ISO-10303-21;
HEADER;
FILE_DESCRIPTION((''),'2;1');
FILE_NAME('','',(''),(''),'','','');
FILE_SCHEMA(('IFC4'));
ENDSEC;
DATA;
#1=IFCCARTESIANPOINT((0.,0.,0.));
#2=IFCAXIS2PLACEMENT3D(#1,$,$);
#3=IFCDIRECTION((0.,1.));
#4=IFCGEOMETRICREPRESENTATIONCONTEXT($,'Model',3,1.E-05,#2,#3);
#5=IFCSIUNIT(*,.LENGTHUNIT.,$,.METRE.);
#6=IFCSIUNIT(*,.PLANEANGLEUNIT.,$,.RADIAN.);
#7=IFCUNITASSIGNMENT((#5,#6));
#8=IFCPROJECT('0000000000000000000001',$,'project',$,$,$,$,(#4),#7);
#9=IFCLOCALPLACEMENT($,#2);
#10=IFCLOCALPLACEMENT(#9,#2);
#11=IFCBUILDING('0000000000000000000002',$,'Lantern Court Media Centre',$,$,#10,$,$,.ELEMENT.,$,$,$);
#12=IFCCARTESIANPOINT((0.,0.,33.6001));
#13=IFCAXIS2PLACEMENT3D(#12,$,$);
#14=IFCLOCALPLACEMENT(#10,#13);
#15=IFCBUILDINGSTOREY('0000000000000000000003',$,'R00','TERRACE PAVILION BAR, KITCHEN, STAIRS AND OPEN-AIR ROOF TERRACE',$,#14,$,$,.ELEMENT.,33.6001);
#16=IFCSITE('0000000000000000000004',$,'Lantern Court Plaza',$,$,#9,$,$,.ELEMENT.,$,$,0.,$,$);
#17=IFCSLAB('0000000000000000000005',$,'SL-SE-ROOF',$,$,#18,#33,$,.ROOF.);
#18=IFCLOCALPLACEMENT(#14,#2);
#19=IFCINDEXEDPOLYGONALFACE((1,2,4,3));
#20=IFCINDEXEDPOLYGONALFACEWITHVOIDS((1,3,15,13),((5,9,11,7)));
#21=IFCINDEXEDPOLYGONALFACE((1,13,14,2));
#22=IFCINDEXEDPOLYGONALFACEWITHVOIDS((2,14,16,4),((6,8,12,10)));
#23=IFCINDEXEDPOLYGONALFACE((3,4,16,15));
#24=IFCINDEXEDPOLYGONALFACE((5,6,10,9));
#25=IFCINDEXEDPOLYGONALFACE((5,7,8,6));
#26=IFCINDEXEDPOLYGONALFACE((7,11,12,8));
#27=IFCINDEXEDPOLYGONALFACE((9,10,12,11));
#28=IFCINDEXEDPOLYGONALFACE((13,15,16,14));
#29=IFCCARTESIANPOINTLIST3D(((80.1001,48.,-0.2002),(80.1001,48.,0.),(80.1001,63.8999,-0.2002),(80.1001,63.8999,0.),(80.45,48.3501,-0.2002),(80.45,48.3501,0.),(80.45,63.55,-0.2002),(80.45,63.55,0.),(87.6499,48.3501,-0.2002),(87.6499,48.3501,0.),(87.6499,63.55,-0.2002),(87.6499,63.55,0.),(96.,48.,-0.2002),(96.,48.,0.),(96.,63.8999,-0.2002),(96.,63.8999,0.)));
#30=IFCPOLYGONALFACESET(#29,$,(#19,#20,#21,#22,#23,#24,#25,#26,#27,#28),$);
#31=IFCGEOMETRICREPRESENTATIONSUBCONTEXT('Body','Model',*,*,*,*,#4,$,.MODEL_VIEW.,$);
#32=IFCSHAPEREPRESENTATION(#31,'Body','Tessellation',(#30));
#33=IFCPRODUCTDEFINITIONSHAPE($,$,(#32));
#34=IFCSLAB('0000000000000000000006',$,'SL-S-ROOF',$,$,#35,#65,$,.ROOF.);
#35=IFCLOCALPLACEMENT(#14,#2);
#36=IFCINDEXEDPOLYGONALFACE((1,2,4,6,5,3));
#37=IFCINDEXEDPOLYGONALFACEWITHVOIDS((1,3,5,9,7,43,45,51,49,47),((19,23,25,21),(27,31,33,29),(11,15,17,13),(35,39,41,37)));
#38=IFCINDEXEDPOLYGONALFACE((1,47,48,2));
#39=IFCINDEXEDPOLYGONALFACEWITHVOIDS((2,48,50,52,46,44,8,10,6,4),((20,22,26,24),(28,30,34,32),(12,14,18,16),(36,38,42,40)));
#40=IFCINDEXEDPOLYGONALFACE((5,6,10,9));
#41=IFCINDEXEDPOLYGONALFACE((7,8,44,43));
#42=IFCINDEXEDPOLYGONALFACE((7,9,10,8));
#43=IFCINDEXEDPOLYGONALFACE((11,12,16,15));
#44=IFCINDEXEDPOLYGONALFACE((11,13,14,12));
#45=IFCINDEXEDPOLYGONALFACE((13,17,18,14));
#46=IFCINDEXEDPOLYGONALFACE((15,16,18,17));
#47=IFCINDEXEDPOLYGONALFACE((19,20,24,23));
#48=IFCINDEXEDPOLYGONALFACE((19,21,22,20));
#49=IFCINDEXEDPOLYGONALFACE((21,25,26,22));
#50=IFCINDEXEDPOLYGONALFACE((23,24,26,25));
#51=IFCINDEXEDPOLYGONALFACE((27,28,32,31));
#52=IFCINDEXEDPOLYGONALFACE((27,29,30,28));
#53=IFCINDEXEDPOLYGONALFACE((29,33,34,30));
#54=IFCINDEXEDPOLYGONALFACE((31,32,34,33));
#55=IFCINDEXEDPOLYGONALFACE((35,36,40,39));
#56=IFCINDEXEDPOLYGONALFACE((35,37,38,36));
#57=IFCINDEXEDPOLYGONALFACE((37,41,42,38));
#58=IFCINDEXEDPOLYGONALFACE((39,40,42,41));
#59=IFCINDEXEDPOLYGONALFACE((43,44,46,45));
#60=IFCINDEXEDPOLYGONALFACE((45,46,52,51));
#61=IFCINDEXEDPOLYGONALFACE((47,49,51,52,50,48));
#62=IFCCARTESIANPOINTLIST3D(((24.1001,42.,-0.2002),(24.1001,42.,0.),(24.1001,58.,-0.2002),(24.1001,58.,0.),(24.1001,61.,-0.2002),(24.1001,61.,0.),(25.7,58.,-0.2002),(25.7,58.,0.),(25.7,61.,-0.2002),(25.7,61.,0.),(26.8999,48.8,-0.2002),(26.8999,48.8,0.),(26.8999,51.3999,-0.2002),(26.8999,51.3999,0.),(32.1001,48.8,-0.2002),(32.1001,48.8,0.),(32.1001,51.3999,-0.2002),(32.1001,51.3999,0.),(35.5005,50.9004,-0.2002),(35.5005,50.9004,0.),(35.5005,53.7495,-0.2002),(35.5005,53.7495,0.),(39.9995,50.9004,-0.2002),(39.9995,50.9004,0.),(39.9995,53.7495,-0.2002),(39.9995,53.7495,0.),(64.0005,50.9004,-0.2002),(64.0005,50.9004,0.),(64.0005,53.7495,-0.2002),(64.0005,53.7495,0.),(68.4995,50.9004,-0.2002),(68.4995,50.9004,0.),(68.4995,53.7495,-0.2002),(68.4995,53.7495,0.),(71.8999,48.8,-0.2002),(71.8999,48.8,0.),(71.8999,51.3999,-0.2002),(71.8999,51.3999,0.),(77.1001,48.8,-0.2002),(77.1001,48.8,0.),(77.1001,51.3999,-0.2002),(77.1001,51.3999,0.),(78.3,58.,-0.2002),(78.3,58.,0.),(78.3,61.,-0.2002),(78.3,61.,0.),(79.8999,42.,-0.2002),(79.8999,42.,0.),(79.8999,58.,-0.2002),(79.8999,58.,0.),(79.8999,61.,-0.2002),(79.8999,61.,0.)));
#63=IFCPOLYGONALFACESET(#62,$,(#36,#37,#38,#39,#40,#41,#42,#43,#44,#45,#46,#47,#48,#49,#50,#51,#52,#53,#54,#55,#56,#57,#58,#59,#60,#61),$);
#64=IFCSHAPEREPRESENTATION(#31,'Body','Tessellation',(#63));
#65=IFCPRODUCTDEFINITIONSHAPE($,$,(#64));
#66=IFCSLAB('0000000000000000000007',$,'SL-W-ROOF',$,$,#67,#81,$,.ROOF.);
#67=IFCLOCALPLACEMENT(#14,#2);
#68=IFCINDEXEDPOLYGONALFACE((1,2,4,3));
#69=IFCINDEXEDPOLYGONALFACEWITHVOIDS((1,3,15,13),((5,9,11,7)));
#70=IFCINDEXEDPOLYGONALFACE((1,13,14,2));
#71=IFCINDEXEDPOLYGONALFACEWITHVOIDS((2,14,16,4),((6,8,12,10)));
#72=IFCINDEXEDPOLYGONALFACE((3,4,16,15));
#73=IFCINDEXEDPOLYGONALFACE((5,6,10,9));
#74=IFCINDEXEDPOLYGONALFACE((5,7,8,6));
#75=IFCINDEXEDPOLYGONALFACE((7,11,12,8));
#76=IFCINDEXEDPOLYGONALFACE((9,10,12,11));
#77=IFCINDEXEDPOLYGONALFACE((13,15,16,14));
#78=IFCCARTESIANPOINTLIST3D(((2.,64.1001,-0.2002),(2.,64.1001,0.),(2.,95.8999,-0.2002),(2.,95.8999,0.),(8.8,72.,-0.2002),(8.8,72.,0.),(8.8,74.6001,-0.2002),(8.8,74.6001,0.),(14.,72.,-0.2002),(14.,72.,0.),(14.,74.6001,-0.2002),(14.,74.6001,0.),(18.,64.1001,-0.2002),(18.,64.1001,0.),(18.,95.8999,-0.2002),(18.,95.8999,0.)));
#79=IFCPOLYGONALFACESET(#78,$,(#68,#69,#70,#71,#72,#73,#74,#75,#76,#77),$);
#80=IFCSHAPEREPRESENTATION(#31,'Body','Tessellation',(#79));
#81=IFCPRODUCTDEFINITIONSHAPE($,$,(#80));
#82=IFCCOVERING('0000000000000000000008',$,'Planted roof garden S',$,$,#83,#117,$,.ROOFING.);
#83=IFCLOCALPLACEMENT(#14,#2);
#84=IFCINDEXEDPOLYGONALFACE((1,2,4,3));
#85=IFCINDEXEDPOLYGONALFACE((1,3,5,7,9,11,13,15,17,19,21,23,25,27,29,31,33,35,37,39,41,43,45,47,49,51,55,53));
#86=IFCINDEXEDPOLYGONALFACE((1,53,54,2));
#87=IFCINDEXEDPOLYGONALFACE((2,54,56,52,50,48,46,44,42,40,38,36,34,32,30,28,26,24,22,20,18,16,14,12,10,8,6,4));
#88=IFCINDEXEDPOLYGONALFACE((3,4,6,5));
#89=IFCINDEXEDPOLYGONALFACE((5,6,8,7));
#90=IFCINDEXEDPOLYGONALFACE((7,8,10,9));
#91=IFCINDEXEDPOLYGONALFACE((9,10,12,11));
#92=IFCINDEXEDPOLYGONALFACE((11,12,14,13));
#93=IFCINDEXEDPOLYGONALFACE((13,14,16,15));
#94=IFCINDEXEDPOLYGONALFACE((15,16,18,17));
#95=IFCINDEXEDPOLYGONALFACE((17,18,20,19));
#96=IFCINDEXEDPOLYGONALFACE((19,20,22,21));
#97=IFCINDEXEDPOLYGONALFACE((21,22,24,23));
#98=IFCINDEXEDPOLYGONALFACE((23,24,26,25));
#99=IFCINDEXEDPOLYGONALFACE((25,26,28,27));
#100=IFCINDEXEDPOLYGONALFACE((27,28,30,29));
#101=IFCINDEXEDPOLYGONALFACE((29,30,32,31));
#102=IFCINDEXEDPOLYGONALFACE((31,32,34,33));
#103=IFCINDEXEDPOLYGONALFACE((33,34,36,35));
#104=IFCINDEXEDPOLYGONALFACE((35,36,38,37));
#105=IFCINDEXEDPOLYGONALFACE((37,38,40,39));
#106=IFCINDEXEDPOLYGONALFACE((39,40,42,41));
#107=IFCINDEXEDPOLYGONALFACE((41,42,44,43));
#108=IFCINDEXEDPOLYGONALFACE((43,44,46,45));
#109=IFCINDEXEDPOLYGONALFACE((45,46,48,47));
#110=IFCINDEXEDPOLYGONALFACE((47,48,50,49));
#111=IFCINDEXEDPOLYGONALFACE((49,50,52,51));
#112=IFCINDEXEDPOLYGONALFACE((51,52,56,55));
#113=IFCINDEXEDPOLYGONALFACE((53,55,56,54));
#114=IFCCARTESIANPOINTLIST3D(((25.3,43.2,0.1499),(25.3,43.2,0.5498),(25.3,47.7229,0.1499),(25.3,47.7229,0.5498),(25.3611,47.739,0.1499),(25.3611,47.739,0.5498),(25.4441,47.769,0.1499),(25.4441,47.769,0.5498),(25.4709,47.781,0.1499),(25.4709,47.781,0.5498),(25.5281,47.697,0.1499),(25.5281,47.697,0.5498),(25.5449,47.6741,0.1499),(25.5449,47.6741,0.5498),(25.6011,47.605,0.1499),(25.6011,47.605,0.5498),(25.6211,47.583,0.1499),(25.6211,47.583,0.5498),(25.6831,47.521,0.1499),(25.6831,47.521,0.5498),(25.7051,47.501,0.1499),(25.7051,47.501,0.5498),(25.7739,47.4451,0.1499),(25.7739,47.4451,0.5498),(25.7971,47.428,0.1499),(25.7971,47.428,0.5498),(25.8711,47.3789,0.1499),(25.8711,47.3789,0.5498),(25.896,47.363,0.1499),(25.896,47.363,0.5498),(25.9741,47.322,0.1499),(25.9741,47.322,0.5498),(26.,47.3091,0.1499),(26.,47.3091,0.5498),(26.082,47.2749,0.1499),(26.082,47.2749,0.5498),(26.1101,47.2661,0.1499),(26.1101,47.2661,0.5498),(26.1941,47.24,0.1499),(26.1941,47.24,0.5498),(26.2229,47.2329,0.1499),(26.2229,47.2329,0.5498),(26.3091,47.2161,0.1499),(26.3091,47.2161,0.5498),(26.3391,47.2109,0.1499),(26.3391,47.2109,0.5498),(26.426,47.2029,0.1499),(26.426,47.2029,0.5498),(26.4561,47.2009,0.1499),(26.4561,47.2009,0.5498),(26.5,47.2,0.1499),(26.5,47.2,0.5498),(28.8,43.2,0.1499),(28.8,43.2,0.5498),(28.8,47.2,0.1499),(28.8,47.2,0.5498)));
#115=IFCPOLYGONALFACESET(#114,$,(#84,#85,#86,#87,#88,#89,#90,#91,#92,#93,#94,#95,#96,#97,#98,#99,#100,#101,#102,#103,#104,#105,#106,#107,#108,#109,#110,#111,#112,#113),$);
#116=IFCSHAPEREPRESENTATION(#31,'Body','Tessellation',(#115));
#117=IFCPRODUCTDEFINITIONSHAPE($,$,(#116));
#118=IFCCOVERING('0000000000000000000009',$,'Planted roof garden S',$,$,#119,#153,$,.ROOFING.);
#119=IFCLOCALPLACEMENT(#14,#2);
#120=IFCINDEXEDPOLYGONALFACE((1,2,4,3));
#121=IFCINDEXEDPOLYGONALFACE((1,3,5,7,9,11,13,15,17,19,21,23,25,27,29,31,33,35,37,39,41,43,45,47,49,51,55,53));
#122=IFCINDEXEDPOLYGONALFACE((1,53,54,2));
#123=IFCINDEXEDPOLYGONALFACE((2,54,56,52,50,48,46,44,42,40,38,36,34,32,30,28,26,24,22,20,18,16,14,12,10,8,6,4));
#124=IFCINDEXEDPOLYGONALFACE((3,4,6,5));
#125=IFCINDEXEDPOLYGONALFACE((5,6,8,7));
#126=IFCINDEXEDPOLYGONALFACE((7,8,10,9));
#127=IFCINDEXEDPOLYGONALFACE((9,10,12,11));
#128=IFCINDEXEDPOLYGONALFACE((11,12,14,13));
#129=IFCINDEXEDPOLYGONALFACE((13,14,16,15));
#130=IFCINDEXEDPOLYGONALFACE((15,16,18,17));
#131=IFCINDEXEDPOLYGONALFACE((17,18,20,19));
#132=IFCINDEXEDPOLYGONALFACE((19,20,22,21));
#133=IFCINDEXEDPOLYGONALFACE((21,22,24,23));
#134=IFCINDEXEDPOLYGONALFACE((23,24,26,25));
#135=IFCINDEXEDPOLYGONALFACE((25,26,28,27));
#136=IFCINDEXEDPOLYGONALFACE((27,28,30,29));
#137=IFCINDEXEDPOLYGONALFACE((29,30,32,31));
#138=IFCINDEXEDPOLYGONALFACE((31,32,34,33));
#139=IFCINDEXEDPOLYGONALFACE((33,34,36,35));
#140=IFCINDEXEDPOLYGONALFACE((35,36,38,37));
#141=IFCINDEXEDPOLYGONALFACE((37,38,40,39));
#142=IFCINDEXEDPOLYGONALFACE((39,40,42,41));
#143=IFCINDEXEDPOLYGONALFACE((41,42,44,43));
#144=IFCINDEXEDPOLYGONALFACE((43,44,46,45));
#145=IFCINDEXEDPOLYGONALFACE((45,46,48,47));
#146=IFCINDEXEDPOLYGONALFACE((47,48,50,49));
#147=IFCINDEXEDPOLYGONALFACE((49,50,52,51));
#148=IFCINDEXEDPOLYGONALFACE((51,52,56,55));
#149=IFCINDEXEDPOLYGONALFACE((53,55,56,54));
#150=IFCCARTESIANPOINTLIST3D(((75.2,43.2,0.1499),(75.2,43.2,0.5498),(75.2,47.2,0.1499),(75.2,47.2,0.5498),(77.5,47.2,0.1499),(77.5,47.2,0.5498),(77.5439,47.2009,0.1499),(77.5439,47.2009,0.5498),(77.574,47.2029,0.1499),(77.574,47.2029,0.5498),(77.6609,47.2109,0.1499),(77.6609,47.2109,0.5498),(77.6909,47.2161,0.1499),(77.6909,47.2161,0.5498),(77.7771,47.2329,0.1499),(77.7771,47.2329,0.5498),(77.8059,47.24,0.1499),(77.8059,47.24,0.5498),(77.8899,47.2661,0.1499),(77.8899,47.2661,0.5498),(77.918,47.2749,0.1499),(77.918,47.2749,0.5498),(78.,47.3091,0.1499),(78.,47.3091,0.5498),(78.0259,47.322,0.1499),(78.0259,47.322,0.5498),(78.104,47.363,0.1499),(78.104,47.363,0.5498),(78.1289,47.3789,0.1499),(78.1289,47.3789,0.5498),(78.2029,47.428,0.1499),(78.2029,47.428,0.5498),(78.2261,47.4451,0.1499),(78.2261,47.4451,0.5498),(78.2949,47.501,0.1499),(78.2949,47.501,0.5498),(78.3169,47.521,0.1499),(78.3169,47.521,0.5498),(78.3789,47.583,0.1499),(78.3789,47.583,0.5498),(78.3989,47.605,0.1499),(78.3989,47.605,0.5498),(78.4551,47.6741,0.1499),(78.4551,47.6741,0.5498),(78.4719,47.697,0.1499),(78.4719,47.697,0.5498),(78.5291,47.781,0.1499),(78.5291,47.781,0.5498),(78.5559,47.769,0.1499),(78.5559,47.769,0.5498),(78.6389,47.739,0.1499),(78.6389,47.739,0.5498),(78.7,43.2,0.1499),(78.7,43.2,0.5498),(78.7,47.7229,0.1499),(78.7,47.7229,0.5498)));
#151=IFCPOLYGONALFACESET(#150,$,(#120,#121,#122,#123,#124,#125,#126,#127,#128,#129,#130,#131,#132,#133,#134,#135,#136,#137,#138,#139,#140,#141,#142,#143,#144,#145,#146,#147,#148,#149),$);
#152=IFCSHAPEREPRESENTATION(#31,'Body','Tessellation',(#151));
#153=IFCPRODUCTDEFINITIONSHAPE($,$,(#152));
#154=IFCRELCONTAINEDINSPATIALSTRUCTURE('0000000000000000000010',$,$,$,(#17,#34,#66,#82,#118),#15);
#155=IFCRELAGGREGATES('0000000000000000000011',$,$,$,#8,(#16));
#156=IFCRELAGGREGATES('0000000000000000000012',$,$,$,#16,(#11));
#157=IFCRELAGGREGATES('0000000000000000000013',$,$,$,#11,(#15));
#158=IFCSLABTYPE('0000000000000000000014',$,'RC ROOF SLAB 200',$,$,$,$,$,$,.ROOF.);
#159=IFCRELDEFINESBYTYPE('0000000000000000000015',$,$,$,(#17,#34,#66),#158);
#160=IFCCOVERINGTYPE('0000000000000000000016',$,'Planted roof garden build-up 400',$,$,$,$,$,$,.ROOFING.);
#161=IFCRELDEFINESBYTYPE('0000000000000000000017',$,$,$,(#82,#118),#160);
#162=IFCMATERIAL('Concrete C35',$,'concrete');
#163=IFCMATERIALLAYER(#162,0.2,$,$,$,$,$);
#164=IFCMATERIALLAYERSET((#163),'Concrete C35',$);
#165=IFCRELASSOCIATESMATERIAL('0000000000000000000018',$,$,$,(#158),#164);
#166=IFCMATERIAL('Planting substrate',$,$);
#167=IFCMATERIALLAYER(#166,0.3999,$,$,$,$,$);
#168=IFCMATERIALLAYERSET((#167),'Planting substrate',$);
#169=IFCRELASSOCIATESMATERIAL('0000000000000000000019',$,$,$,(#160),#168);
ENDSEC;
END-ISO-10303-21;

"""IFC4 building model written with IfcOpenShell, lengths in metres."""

from ifc_helpers import new_model, si_unit, direction, frame, origin, place, context, subcontext, project, spatial, polyline, outline, extrude, material, layer, layer_set, type_object, element, save


model = new_model("IFC4")

# Units and contexts
model_context = context("Model", 3, precision=1e-05, world=origin(), true_north=direction((0.0, 1.0)))
body_context = subcontext(model_context, "Body", "Model", "MODEL_VIEW")
ifc_project = project(units=[si_unit("LENGTHUNIT", "METRE"), si_unit("PLANEANGLEUNIT", "RADIAN")], contexts=[model_context])

# Site, building, storey
site_placement = place(None, origin())
site = spatial("IfcSite", under=ifc_project, at=site_placement, Name="Lantern Court Plaza", CompositionType="ELEMENT", RefElevation=0.0)
building_placement = place(site_placement, origin())
building = spatial("IfcBuilding", under=site, at=building_placement, Name="Lantern Court Media Centre", CompositionType="ELEMENT")
storey_placement = place(building_placement, frame((0.0, 0.0, 33.6001)))
storey = spatial("IfcBuildingStorey", under=building, at=storey_placement, Name="R00", Description="TERRACE PAVILION BAR, KITCHEN, STAIRS AND OPEN-AIR ROOF TERRACE", CompositionType="ELEMENT", Elevation=33.6001)

# Slabs
ifc_material_1 = material(Name="Concrete C35", Category="concrete")
ifc_layer_1 = layer(ifc_material_1, 0.2)
ifc_layer_set_1 = layer_set([ifc_layer_1], Name="Concrete C35")
slab_type_1 = type_object("IfcSlabType", Name="RC ROOF SLAB 200", PredefinedType="ROOF", material=ifc_layer_set_1)
slab_1_placement = place(storey_placement, frame((0.0, 0.0, -0.2002)))
element("IfcSlab", 1, at=slab_1_placement, inside=storey, type_object=slab_type_1, Name="SL-SE-ROOF", PredefinedType="ROOF", context=body_context, shape_type="SweptSolid", body=[
    extrude(outline(polyline([(80.1001, 48.0), (80.1001, 63.8999), (96.0, 63.8999), (96.0, 48.0), (80.1001, 48.0)]), holes=[polyline([(87.6499, 63.55), (80.45, 63.55), (80.45, 48.3501), (87.6499, 48.3501), (87.6499, 63.55)])]), origin(), (0.0, 0.0, 1.0), 0.2002),
])
slab_2_placement = place(storey_placement, frame((0.0, 0.0, -0.2002)))
element("IfcSlab", 2, at=slab_2_placement, inside=storey, type_object=slab_type_1, Name="SL-S-ROOF", PredefinedType="ROOF", context=body_context, shape_type="SweptSolid", body=[
    extrude(outline(polyline([(78.3, 58.0), (78.3, 61.0), (79.8999, 61.0), (79.8999, 58.0), (79.8999, 42.0), (24.1001, 42.0), (24.1001, 58.0), (24.1001, 61.0), (25.7, 61.0), (25.7, 58.0), (78.3, 58.0)]), holes=[polyline([(26.8999, 51.3999), (26.8999, 48.8), (32.1001, 48.8), (32.1001, 51.3999), (26.8999, 51.3999)]), polyline([(71.8999, 51.3999), (71.8999, 48.8), (77.1001, 48.8), (77.1001, 51.3999), (71.8999, 51.3999)]), polyline([(39.9995, 50.9004), (39.9995, 53.7495), (35.5005, 53.7495), (35.5005, 50.9004), (39.9995, 50.9004)]), polyline([(64.0005, 53.7495), (64.0005, 50.9004), (68.4995, 50.9004), (68.4995, 53.7495), (64.0005, 53.7495)])]), origin(), (0.0, 0.0, 1.0), 0.2002),
])
slab_3_placement = place(storey_placement, frame((0.0, 0.0, -0.2002)))
element("IfcSlab", 3, at=slab_3_placement, inside=storey, type_object=slab_type_1, Name="SL-W-ROOF", PredefinedType="ROOF", context=body_context, shape_type="SweptSolid", body=[
    extrude(outline(polyline([(2.0, 64.1001), (2.0, 95.8999), (18.0, 95.8999), (18.0, 64.1001), (2.0, 64.1001)]), holes=[polyline([(14.0, 74.6001), (8.8, 74.6001), (8.8, 72.0), (14.0, 72.0), (14.0, 74.6001)])]), origin(), (0.0, 0.0, 1.0), 0.2002),
])

# Coverings
ifc_material_2 = material(Name="Planting substrate")
ifc_layer_2 = layer(ifc_material_2, 0.3999)
ifc_layer_set_2 = layer_set([ifc_layer_2], Name="Planting substrate")
covering_type_1 = type_object("IfcCoveringType", Name="Planted roof garden build-up 400", PredefinedType="ROOFING", material=ifc_layer_set_2)
covering_1_placement = place(storey_placement, frame((0.0, 0.0, 0.1499)))
element("IfcCovering", 4, at=covering_1_placement, inside=storey, type_object=covering_type_1, Name="Planted roof garden S", PredefinedType="ROOFING", context=body_context, shape_type="SweptSolid", body=[
    extrude(outline(polyline([(25.4709, 47.781), (25.5281, 47.697), (25.5449, 47.6741), (25.6011, 47.605), (25.6211, 47.583), (25.6831, 47.521), (25.7051, 47.501), (25.7739, 47.4451), (25.7971, 47.428), (25.8711, 47.3789), (25.896, 47.363), (25.9741, 47.322), (26.0, 47.3091), (26.082, 47.2749), (26.1101, 47.2661), (26.1941, 47.24), (26.2229, 47.2329), (26.3091, 47.2161), (26.3391, 47.2109), (26.426, 47.2029), (26.4561, 47.2009), (26.5, 47.2), (28.8, 47.2), (28.8, 43.2), (25.3, 43.2), (25.3, 47.7229), (25.3611, 47.739), (25.4441, 47.769), (25.4709, 47.781)])), origin(), (0.0, 0.0, 1.0), 0.3999),
])
covering_2_placement = place(storey_placement, frame((0.0, 0.0, 0.1499)))
element("IfcCovering", 5, at=covering_2_placement, inside=storey, type_object=covering_type_1, Name="Planted roof garden S", PredefinedType="ROOFING", context=body_context, shape_type="SweptSolid", body=[
    extrude(outline(polyline([(78.7, 47.7229), (78.7, 43.2), (75.2, 43.2), (75.2, 47.2), (77.5, 47.2), (77.5439, 47.2009), (77.574, 47.2029), (77.6609, 47.2109), (77.6909, 47.2161), (77.7771, 47.2329), (77.8059, 47.24), (77.8899, 47.2661), (77.918, 47.2749), (78.0, 47.3091), (78.0259, 47.322), (78.104, 47.363), (78.1289, 47.3789), (78.2029, 47.428), (78.2261, 47.4451), (78.2949, 47.501), (78.3169, 47.521), (78.3789, 47.583), (78.3989, 47.605), (78.4551, 47.6741), (78.4719, 47.697), (78.5291, 47.781), (78.5559, 47.769), (78.6389, 47.739), (78.7, 47.7229)])), origin(), (0.0, 0.0, 1.0), 0.3999),
])

save(model, "model.ifc")
